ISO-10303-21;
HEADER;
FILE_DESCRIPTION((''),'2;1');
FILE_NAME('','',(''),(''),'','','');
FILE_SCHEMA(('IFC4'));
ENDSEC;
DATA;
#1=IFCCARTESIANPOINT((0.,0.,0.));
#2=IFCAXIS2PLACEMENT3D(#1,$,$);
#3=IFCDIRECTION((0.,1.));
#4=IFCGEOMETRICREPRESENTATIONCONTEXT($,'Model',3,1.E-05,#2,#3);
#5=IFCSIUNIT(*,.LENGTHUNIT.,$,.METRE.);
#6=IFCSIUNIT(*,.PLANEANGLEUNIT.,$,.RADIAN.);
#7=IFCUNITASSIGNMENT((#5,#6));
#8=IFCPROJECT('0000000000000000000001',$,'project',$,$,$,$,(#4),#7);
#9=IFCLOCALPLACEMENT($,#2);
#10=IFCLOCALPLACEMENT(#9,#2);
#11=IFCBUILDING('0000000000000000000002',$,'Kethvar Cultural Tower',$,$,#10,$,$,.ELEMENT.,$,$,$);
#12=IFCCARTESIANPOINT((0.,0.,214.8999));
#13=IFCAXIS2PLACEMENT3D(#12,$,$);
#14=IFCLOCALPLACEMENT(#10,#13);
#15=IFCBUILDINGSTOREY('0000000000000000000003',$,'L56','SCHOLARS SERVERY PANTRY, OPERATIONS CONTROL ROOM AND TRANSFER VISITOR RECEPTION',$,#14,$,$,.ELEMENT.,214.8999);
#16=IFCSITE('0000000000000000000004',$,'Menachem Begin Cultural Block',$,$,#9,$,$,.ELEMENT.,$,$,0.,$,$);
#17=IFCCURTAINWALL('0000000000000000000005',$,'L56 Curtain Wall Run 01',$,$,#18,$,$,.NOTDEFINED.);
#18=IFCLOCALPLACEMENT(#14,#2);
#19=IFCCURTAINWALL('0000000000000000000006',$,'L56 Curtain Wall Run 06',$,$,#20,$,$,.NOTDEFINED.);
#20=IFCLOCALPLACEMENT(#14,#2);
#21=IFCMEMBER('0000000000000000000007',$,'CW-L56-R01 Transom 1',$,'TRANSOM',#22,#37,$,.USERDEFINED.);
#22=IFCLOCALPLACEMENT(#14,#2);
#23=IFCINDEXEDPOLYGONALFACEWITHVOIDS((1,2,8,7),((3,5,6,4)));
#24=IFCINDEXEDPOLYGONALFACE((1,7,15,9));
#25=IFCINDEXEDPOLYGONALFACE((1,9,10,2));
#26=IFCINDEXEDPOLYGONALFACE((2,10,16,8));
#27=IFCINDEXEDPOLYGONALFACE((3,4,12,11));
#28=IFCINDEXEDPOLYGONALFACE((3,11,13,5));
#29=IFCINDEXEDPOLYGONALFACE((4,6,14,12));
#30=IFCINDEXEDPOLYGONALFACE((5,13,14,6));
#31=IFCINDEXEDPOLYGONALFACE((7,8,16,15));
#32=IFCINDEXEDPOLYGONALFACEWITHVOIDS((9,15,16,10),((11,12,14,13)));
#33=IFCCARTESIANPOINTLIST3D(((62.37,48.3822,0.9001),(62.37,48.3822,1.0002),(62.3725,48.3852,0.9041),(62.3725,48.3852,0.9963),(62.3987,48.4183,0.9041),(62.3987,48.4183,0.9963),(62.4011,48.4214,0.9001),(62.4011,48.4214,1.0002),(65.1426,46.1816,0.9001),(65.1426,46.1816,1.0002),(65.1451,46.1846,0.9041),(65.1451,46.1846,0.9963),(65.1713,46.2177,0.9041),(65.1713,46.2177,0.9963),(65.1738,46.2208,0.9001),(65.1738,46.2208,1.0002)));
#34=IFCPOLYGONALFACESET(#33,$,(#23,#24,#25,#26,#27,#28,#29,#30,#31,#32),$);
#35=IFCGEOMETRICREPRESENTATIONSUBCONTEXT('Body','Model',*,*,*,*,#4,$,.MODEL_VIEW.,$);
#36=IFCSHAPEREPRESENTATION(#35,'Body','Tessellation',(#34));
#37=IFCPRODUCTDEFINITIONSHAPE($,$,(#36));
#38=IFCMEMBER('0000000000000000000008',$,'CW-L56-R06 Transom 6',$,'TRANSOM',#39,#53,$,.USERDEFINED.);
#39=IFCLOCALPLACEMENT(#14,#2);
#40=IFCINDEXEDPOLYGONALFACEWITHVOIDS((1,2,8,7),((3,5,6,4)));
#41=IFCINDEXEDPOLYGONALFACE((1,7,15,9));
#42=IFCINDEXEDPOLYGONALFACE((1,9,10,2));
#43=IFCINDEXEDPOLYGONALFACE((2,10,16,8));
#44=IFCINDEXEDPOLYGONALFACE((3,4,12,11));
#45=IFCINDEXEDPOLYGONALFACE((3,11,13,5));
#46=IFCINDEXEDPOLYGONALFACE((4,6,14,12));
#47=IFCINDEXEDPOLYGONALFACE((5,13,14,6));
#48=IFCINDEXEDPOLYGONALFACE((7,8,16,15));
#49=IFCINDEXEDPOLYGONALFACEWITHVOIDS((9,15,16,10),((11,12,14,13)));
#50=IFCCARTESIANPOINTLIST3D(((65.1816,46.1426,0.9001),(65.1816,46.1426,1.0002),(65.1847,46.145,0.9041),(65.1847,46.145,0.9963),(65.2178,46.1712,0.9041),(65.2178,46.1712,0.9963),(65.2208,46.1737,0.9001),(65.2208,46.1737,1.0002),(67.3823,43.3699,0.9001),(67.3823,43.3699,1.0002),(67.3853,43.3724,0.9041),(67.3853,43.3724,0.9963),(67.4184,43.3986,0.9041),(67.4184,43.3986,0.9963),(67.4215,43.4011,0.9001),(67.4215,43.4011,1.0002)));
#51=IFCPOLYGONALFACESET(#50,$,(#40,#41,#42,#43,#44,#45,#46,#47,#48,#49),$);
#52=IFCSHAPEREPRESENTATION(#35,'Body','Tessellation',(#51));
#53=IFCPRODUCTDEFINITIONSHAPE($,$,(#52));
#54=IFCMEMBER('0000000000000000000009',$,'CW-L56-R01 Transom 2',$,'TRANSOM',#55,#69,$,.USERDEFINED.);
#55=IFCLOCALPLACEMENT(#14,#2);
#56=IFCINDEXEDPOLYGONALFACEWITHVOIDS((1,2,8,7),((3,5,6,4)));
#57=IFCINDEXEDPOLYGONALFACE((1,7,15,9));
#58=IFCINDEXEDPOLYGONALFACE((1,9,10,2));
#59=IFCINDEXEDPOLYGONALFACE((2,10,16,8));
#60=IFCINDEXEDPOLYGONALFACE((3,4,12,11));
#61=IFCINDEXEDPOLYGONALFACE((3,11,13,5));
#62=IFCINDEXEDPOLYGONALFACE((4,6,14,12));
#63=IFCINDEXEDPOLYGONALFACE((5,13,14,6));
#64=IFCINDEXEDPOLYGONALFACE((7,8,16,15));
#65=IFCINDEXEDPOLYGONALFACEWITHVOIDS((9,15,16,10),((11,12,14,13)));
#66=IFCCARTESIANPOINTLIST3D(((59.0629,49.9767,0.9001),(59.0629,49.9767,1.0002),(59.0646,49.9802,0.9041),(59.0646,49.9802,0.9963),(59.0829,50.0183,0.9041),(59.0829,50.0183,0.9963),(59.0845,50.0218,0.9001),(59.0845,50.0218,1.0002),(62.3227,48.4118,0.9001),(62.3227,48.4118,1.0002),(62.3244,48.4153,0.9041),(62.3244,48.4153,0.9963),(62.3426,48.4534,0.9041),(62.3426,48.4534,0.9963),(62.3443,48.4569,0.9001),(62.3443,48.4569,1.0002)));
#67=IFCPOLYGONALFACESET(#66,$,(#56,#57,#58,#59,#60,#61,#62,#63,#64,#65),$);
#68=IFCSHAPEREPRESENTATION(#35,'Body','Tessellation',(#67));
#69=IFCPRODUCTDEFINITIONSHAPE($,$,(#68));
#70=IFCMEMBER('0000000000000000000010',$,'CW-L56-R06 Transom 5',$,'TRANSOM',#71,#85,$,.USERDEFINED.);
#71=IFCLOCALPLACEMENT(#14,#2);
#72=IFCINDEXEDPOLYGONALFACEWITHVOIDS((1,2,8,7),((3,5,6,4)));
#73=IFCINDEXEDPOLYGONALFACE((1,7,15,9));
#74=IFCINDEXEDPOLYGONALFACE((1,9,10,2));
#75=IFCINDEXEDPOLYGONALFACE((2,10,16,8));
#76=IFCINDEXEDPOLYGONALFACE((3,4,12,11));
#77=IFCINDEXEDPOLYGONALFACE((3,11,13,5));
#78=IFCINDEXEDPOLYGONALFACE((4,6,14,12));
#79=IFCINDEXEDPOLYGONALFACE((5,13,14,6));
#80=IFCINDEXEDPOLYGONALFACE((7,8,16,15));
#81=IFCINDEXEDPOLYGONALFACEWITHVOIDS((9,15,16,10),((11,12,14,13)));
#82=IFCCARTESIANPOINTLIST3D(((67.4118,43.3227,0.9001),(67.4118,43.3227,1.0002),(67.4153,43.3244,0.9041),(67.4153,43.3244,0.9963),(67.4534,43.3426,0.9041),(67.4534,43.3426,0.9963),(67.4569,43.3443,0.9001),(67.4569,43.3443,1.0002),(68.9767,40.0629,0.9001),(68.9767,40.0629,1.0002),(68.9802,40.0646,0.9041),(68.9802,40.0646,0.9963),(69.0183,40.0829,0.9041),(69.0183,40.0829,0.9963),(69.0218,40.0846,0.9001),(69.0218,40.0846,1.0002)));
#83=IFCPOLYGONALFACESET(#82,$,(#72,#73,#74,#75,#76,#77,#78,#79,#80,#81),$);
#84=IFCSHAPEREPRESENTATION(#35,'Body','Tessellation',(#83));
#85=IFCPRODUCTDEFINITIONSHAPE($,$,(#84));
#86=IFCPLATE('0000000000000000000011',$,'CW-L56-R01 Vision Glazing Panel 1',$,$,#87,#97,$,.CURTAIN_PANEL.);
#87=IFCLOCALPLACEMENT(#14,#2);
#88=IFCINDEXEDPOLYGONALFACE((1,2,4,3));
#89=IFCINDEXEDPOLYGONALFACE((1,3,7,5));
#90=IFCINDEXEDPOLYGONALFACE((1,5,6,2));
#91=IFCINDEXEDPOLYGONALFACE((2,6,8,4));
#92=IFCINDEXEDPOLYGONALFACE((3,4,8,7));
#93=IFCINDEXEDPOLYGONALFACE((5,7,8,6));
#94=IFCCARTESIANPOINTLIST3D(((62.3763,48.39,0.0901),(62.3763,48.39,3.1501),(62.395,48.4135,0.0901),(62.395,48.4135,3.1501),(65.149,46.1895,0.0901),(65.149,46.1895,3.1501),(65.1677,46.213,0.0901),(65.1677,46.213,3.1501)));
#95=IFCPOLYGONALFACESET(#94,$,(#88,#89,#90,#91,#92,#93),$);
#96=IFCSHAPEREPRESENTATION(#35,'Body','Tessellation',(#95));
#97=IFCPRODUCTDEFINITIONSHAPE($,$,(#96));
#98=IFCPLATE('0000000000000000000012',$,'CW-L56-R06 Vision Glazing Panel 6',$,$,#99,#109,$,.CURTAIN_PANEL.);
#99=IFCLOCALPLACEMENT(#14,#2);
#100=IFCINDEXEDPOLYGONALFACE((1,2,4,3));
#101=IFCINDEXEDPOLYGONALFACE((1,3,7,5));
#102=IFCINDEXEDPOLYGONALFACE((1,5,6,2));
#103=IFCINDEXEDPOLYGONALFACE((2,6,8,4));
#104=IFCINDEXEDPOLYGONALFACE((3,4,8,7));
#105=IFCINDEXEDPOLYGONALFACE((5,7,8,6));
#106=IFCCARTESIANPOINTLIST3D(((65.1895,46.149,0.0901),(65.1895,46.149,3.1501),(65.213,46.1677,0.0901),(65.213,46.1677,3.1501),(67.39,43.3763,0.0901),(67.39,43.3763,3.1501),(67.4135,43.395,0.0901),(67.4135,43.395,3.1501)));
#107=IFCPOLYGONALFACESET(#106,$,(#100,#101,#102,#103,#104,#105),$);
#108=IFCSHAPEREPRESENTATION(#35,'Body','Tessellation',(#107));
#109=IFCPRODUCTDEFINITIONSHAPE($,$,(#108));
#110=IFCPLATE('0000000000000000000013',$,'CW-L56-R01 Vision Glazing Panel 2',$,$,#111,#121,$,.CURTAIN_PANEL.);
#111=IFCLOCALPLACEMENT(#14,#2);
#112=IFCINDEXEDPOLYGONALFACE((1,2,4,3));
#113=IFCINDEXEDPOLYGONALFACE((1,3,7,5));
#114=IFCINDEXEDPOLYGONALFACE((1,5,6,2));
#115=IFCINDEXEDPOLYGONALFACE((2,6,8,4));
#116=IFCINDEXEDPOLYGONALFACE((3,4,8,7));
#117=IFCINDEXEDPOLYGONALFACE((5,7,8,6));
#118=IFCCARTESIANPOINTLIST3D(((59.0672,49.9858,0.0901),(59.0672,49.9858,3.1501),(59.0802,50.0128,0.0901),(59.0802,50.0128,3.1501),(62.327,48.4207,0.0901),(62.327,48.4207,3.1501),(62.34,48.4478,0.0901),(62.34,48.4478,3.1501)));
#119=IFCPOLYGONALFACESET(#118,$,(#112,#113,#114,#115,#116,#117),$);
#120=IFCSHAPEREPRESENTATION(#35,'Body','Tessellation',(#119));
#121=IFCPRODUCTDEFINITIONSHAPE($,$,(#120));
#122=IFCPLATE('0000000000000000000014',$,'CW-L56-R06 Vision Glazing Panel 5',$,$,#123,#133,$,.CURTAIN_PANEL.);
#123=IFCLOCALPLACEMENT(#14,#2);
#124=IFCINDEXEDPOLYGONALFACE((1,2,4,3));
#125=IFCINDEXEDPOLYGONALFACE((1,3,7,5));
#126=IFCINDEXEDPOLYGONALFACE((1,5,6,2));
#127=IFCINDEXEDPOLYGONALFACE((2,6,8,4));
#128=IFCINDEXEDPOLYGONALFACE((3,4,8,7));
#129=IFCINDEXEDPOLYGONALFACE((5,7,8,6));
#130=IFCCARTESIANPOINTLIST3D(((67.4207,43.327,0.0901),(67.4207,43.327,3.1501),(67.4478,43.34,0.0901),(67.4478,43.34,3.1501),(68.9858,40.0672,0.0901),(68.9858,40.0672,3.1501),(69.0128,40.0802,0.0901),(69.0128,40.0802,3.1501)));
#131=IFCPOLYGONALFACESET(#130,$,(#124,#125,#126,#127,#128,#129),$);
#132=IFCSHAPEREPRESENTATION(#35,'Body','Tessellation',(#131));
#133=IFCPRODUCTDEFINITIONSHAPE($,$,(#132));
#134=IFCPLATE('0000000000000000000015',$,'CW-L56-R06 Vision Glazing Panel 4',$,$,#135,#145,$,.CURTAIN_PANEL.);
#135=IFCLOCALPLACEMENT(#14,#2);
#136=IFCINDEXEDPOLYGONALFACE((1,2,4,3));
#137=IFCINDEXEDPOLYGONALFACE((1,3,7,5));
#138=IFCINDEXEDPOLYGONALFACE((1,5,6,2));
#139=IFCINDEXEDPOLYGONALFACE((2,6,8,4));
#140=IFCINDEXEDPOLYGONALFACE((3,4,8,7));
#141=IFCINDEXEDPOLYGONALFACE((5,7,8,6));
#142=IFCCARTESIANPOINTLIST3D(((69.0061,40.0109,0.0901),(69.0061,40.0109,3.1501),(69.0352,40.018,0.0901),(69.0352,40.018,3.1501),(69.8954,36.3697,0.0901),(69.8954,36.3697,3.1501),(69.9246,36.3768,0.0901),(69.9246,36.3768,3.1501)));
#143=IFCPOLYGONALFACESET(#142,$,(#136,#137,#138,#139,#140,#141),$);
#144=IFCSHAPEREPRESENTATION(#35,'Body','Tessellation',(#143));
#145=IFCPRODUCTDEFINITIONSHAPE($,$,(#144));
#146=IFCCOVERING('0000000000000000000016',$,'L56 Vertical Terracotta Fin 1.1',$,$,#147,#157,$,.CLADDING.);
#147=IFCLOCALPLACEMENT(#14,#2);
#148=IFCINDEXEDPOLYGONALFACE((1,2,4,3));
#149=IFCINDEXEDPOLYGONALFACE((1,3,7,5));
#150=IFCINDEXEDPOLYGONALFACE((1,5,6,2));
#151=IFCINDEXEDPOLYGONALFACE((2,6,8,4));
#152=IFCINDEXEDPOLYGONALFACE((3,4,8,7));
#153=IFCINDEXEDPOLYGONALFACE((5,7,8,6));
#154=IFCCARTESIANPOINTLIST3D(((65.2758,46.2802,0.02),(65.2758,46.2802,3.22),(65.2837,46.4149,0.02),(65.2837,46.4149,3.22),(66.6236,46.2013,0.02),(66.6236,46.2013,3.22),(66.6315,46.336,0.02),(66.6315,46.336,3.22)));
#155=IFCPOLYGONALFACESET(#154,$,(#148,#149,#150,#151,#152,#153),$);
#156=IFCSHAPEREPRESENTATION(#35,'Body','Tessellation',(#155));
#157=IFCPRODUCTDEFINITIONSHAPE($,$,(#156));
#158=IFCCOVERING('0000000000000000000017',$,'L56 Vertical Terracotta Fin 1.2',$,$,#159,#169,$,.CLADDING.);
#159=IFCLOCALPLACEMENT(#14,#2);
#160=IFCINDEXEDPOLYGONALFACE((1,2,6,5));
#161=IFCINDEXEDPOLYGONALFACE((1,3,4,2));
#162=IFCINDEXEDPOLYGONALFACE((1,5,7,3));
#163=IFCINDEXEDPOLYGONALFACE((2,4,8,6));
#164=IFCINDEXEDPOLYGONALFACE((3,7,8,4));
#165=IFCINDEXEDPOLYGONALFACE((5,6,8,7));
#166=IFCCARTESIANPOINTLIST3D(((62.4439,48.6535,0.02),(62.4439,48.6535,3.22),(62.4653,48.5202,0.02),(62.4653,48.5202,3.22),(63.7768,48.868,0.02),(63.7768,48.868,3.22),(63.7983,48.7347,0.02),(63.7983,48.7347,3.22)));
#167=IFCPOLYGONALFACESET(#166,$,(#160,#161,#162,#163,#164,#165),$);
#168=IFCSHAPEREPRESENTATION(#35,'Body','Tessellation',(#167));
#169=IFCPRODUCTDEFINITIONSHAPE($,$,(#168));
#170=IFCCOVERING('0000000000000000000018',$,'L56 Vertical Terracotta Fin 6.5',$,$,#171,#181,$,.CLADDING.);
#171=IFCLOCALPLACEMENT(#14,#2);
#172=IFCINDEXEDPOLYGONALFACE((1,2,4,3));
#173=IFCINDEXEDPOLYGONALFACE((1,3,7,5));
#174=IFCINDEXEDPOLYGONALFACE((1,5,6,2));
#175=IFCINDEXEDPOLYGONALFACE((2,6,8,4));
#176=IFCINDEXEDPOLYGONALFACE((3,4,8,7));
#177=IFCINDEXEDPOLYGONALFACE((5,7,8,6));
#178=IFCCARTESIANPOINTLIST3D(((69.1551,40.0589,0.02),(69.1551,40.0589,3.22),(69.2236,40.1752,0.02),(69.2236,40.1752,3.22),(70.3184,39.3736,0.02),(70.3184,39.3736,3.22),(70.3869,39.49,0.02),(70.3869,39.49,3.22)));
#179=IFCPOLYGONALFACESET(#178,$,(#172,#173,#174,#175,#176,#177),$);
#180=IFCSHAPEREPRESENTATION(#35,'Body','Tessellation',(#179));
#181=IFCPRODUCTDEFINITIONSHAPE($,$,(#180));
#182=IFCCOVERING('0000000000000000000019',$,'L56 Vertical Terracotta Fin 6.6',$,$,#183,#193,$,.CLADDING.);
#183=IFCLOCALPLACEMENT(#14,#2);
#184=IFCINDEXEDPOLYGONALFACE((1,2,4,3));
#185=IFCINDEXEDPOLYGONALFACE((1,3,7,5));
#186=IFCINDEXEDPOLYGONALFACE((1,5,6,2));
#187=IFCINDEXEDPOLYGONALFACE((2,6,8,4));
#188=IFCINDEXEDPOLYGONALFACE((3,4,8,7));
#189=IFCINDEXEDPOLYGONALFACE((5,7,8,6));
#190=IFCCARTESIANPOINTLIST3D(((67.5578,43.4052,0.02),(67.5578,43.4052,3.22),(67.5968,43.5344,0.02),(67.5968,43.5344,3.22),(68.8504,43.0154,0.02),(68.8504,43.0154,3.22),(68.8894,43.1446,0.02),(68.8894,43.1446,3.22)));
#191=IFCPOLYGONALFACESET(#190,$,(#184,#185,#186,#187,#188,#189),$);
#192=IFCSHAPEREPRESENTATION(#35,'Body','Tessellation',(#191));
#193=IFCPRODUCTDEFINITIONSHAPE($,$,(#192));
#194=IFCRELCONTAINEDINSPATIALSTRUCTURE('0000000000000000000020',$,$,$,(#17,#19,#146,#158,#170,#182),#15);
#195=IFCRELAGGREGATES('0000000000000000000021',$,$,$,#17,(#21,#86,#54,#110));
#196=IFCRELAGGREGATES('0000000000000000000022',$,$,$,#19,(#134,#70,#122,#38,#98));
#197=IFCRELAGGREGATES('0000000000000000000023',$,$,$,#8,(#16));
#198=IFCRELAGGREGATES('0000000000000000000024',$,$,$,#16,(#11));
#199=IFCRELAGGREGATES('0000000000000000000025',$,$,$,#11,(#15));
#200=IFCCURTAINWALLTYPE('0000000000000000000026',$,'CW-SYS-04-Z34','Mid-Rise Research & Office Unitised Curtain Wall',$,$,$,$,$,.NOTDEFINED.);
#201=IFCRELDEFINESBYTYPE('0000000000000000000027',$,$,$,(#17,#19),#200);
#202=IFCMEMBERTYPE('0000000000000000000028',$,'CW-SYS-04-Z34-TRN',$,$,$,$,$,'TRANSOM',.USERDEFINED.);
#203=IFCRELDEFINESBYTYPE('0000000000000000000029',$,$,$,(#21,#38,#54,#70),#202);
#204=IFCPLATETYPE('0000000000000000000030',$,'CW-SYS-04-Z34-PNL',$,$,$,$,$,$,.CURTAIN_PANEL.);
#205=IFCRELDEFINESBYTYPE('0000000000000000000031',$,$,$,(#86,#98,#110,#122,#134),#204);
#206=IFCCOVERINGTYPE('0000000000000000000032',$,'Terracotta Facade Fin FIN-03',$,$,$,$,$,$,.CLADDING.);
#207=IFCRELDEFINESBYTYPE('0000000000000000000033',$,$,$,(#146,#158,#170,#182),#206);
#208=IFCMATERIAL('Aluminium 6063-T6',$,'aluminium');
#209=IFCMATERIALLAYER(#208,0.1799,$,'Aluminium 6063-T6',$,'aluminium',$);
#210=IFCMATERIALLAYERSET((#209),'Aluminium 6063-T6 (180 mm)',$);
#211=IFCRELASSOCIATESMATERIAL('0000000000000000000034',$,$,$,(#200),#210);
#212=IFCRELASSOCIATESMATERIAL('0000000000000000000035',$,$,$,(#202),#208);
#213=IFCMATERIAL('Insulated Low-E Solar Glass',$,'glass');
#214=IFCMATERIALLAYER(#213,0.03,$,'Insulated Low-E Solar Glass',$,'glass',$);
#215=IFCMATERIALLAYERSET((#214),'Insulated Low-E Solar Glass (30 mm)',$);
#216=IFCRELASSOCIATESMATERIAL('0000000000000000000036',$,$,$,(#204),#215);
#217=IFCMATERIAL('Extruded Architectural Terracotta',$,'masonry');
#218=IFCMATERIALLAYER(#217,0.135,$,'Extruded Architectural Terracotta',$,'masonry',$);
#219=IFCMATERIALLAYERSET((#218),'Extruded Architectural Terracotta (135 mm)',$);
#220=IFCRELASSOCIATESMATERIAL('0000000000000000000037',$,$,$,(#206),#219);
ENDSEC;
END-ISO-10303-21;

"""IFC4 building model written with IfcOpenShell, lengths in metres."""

from ifc_helpers import new_model, si_unit, direction, frame, origin, origin_2d, place, context, subcontext, project, spatial, rectangle, hollow_rectangle, extrude, source, transform, mapped, material, layer, layer_set, material_profile, profile_set, type_object, element, aggregate, save


model = new_model("IFC4")

# Units and contexts
model_context = context("Model", 3, precision=1e-05, world=origin(), true_north=direction((0.0, 1.0)))
body_context = subcontext(model_context, "Body", "Model", "MODEL_VIEW")
ifc_project = project(units=[si_unit("LENGTHUNIT", "METRE"), si_unit("PLANEANGLEUNIT", "RADIAN")], contexts=[model_context])

# Site, building, storey
site_placement = place(None, origin())
site = spatial("IfcSite", under=ifc_project, at=site_placement, Name="Menachem Begin Cultural Block", CompositionType="ELEMENT", RefElevation=0.0)
building_placement = place(site_placement, origin())
building = spatial("IfcBuilding", under=site, at=building_placement, Name="Kethvar Cultural Tower", CompositionType="ELEMENT")
storey_placement = place(building_placement, frame((0.0, 0.0, 214.8999)))
storey = spatial("IfcBuildingStorey", under=building, at=storey_placement, Name="L56", Description="SCHOLARS SERVERY PANTRY, OPERATIONS CONTROL ROOM AND TRANSFER VISITOR RECEPTION", CompositionType="ELEMENT", Elevation=214.8999)

# Curtain walls
ifc_material_1 = material(Name="Aluminium 6063-T6", Category="aluminium")
ifc_layer_1 = layer(ifc_material_1, 0.1799, Name="Aluminium 6063-T6", Category="aluminium")
ifc_layer_set_1 = layer_set([ifc_layer_1], Name="Aluminium 6063-T6 (180 mm)")
curtain_wall_type = type_object("IfcCurtainWallType", Name="CW-SYS-04-Z34", Description="Mid-Rise Research & Office Unitised Curtain Wall", PredefinedType="NOTDEFINED", material=ifc_layer_set_1)
curtain_wall_1_placement = place(storey_placement, origin())
curtain_wall_1 = element("IfcCurtainWall", 1, at=curtain_wall_1_placement, inside=storey, type_object=curtain_wall_type, Name="L56 Curtain Wall Run 01", PredefinedType="NOTDEFINED")
curtain_wall_2_placement = place(storey_placement, origin())
curtain_wall_2 = element("IfcCurtainWall", 2, at=curtain_wall_2_placement, inside=storey, type_object=curtain_wall_type, Name="L56 Curtain Wall Run 06", PredefinedType="NOTDEFINED")

# Members
ifc_material_profile_1 = material_profile(ifc_material_1, hollow_rectangle(XDim=0.05, YDim=0.1001, WallThickness=0.0039, at=origin_2d()), Name="Aluminium 6063-T6 — RHS100x50x4")
ifc_profile_set_1 = profile_set([ifc_material_profile_1], Name="Aluminium 6063-T6 — RHS100x50x4")
member_type_1 = type_object("IfcMemberType", Name="CW-SYS-04-Z34-TRN", ElementType="TRANSOM", PredefinedType="USERDEFINED", material=ifc_profile_set_1)
shared_shape_1 = source(origin(), body_context, "Body", "SweptSolid", [
    extrude(hollow_rectangle(XDim=0.05, YDim=0.1001, WallThickness=0.0039, at=origin_2d()), origin(), (0.0, 0.0, 1.0), 3.5398),
])
member_1_placement = place(storey_placement, frame((65.1582, 46.2012, 0.9502), z_axis=(-0.783272, 0.621679, 0.0), x_axis=(-0.621679, -0.783272, 0.0)))
member_1 = element("IfcMember", 3, at=member_1_placement, type_object=member_type_1, Name="CW-L56-R01 Transom 1", ObjectType="TRANSOM", PredefinedType="USERDEFINED", context=body_context, shape_type="MappedRepresentation", body=[
    mapped(shared_shape_1, transform((0.0, 0.0, 0.0), scale=1.0)),
])
member_2_placement = place(storey_placement, frame((67.4019, 43.3855, 0.9502), z_axis=(-0.621679, 0.783272, 0.0), x_axis=(-0.783272, -0.621679, 0.0)))
member_2 = element("IfcMember", 4, at=member_2_placement, type_object=member_type_1, Name="CW-L56-R06 Transom 6", ObjectType="TRANSOM", PredefinedType="USERDEFINED", context=body_context, shape_type="MappedRepresentation", body=[
    mapped(shared_shape_1, transform((0.0, 0.0, 0.0), scale=1.0)),
])
shared_shape_2 = source(origin(), body_context, "Body", "SweptSolid", [
    extrude(hollow_rectangle(XDim=0.05, YDim=0.1001, WallThickness=0.0039, at=origin_2d()), origin(), (0.0, 0.0, 1.0), 3.616),
])
member_3_placement = place(storey_placement, frame((62.3335, 48.4343, 0.9502), z_axis=(-0.901496, 0.432788, 0.0), x_axis=(-0.432788, -0.901496, 0.0)))
member_3 = element("IfcMember", 5, at=member_3_placement, type_object=member_type_1, Name="CW-L56-R01 Transom 2", ObjectType="TRANSOM", PredefinedType="USERDEFINED", context=body_context, shape_type="MappedRepresentation", body=[
    mapped(shared_shape_2, transform((0.0, 0.0, 0.0), scale=1.0)),
])
member_4_placement = place(storey_placement, frame((68.9993, 40.0737, 0.9502), z_axis=(-0.432788, 0.901496, 0.0), x_axis=(-0.901496, -0.432788, 0.0)))
member_4 = element("IfcMember", 6, at=member_4_placement, type_object=member_type_1, Name="CW-L56-R06 Transom 5", ObjectType="TRANSOM", PredefinedType="USERDEFINED", context=body_context, shape_type="MappedRepresentation", body=[
    mapped(shared_shape_2, transform((0.0, 0.0, 0.0), scale=1.0)),
])

# Plates
ifc_material_2 = material(Name="Insulated Low-E Solar Glass", Category="glass")
ifc_layer_2 = layer(ifc_material_2, 0.03, Name="Insulated Low-E Solar Glass", Category="glass")
ifc_layer_set_2 = layer_set([ifc_layer_2], Name="Insulated Low-E Solar Glass (30 mm)")
plate_type = type_object("IfcPlateType", Name="CW-SYS-04-Z34-PNL", PredefinedType="CURTAIN_PANEL", material=ifc_layer_set_2)
shared_shape_3 = source(origin(), body_context, "Body", "SweptSolid", [
    extrude(rectangle(XDim=3.5398, YDim=0.03, at=origin_2d()), origin(), (0.0, 0.0, 1.0), 3.0601),
])
plate_1_placement = place(storey_placement, frame((63.772, 47.3015, 0.0901), z_axis=(0.0, 0.0, 1.0), x_axis=(-0.783292, 0.621654, 0.0)))
plate_1 = element("IfcPlate", 7, at=plate_1_placement, type_object=plate_type, Name="CW-L56-R01 Vision Glazing Panel 1", PredefinedType="CURTAIN_PANEL", context=body_context, shape_type="MappedRepresentation", body=[
    mapped(shared_shape_3, transform((0.0, 0.0, 0.0), scale=1.0)),
])
plate_2_placement = place(storey_placement, frame((66.3015, 44.772, 0.0901), z_axis=(0.0, 0.0, 1.0), x_axis=(-0.621654, 0.783292, 0.0)))
plate_2 = element("IfcPlate", 8, at=plate_2_placement, type_object=plate_type, Name="CW-L56-R06 Vision Glazing Panel 6", PredefinedType="CURTAIN_PANEL", context=body_context, shape_type="MappedRepresentation", body=[
    mapped(shared_shape_3, transform((0.0, 0.0, 0.0), scale=1.0)),
])
shared_shape_4 = source(origin(), body_context, "Body", "SweptSolid", [
    extrude(rectangle(XDim=3.616, YDim=0.03, at=origin_2d()), origin(), (0.0, 0.0, 1.0), 3.0601),
])
plate_3_placement = place(storey_placement, frame((60.7036, 49.2168, 0.0901), z_axis=(0.0, 0.0, 1.0), x_axis=(-0.901485, 0.43281, 0.0)))
plate_3 = element("IfcPlate", 9, at=plate_3_placement, type_object=plate_type, Name="CW-L56-R01 Vision Glazing Panel 2", PredefinedType="CURTAIN_PANEL", context=body_context, shape_type="MappedRepresentation", body=[
    mapped(shared_shape_4, transform((0.0, 0.0, 0.0), scale=1.0)),
])
aggregate(curtain_wall_1, [member_1, plate_1, member_3, plate_3])
plate_4_placement = place(storey_placement, frame((68.2168, 41.7036, 0.0901), z_axis=(0.0, 0.0, 1.0), x_axis=(-0.43281, 0.901485, 0.0)))
plate_4 = element("IfcPlate", 10, at=plate_4_placement, type_object=plate_type, Name="CW-L56-R06 Vision Glazing Panel 5", PredefinedType="CURTAIN_PANEL", context=body_context, shape_type="MappedRepresentation", body=[
    mapped(shared_shape_4, transform((0.0, 0.0, 0.0), scale=1.0)),
])
shared_shape_5 = source(origin(), body_context, "Body", "SweptSolid", [
    extrude(rectangle(XDim=3.7483, YDim=0.03, at=origin_2d()), origin(), (0.0, 0.0, 1.0), 3.0601),
])
plate_5_placement = place(storey_placement, frame((69.4653, 38.1938, 0.0901), z_axis=(0.0, 0.0, 1.0), x_axis=(-0.237279, 0.971442, 0.0)))
plate_5 = element("IfcPlate", 11, at=plate_5_placement, type_object=plate_type, Name="CW-L56-R06 Vision Glazing Panel 4", PredefinedType="CURTAIN_PANEL", context=body_context, shape_type="MappedRepresentation", body=[
    mapped(shared_shape_5, transform((0.0, 0.0, 0.0), scale=1.0)),
])
aggregate(curtain_wall_2, [plate_5, member_4, plate_4, member_2, plate_2])

# Coverings
ifc_material_3 = material(Name="Extruded Architectural Terracotta", Category="masonry")
ifc_layer_3 = layer(ifc_material_3, 0.135, Name="Extruded Architectural Terracotta", Category="masonry")
ifc_layer_set_3 = layer_set([ifc_layer_3], Name="Extruded Architectural Terracotta (135 mm)")
covering_type = type_object("IfcCoveringType", Name="Terracotta Facade Fin FIN-03", PredefinedType="CLADDING", material=ifc_layer_set_3)
shared_shape_6 = source(origin(), body_context, "Body", "SweptSolid", [
    extrude(rectangle(XDim=1.3501, YDim=0.135, at=origin_2d()), origin(), (0.0, 0.0, 1.0), 3.2),
])
for number, where, z_axis, x_axis, name in (
    (12, (65.9536, 46.3081, 0.02), (0.0, 0.0, 1.0), (0.998291, -0.058435, 0.0), "L56 Vertical Terracotta Fin 1.1"),
    (13, (63.1211, 48.6941, 0.02), (0.0, 0.0, 1.0), (0.987303, 0.158847, 0.0), "L56 Vertical Terracotta Fin 1.2"),
    (14, (69.771, 39.7744, 0.02), (0.0, 0.0, 1.0), (0.861629, -0.507538, 0.0), "L56 Vertical Terracotta Fin 6.5"),
    (15, (68.2236, 43.2749, 0.02), (0.0, 0.0, 1.0), (0.95742, -0.288698, 0.0), "L56 Vertical Terracotta Fin 6.6"),
):
    element("IfcCovering", number, at=place(storey_placement, frame(where, z_axis=z_axis, x_axis=x_axis)), inside=storey, type_object=covering_type, Name=name, PredefinedType="CLADDING", context=body_context, shape_type="MappedRepresentation", body=[
        mapped(shared_shape_6, transform((0.0, 0.0, 0.0), scale=1.0)),
    ])

save(model, "model.ifc")
